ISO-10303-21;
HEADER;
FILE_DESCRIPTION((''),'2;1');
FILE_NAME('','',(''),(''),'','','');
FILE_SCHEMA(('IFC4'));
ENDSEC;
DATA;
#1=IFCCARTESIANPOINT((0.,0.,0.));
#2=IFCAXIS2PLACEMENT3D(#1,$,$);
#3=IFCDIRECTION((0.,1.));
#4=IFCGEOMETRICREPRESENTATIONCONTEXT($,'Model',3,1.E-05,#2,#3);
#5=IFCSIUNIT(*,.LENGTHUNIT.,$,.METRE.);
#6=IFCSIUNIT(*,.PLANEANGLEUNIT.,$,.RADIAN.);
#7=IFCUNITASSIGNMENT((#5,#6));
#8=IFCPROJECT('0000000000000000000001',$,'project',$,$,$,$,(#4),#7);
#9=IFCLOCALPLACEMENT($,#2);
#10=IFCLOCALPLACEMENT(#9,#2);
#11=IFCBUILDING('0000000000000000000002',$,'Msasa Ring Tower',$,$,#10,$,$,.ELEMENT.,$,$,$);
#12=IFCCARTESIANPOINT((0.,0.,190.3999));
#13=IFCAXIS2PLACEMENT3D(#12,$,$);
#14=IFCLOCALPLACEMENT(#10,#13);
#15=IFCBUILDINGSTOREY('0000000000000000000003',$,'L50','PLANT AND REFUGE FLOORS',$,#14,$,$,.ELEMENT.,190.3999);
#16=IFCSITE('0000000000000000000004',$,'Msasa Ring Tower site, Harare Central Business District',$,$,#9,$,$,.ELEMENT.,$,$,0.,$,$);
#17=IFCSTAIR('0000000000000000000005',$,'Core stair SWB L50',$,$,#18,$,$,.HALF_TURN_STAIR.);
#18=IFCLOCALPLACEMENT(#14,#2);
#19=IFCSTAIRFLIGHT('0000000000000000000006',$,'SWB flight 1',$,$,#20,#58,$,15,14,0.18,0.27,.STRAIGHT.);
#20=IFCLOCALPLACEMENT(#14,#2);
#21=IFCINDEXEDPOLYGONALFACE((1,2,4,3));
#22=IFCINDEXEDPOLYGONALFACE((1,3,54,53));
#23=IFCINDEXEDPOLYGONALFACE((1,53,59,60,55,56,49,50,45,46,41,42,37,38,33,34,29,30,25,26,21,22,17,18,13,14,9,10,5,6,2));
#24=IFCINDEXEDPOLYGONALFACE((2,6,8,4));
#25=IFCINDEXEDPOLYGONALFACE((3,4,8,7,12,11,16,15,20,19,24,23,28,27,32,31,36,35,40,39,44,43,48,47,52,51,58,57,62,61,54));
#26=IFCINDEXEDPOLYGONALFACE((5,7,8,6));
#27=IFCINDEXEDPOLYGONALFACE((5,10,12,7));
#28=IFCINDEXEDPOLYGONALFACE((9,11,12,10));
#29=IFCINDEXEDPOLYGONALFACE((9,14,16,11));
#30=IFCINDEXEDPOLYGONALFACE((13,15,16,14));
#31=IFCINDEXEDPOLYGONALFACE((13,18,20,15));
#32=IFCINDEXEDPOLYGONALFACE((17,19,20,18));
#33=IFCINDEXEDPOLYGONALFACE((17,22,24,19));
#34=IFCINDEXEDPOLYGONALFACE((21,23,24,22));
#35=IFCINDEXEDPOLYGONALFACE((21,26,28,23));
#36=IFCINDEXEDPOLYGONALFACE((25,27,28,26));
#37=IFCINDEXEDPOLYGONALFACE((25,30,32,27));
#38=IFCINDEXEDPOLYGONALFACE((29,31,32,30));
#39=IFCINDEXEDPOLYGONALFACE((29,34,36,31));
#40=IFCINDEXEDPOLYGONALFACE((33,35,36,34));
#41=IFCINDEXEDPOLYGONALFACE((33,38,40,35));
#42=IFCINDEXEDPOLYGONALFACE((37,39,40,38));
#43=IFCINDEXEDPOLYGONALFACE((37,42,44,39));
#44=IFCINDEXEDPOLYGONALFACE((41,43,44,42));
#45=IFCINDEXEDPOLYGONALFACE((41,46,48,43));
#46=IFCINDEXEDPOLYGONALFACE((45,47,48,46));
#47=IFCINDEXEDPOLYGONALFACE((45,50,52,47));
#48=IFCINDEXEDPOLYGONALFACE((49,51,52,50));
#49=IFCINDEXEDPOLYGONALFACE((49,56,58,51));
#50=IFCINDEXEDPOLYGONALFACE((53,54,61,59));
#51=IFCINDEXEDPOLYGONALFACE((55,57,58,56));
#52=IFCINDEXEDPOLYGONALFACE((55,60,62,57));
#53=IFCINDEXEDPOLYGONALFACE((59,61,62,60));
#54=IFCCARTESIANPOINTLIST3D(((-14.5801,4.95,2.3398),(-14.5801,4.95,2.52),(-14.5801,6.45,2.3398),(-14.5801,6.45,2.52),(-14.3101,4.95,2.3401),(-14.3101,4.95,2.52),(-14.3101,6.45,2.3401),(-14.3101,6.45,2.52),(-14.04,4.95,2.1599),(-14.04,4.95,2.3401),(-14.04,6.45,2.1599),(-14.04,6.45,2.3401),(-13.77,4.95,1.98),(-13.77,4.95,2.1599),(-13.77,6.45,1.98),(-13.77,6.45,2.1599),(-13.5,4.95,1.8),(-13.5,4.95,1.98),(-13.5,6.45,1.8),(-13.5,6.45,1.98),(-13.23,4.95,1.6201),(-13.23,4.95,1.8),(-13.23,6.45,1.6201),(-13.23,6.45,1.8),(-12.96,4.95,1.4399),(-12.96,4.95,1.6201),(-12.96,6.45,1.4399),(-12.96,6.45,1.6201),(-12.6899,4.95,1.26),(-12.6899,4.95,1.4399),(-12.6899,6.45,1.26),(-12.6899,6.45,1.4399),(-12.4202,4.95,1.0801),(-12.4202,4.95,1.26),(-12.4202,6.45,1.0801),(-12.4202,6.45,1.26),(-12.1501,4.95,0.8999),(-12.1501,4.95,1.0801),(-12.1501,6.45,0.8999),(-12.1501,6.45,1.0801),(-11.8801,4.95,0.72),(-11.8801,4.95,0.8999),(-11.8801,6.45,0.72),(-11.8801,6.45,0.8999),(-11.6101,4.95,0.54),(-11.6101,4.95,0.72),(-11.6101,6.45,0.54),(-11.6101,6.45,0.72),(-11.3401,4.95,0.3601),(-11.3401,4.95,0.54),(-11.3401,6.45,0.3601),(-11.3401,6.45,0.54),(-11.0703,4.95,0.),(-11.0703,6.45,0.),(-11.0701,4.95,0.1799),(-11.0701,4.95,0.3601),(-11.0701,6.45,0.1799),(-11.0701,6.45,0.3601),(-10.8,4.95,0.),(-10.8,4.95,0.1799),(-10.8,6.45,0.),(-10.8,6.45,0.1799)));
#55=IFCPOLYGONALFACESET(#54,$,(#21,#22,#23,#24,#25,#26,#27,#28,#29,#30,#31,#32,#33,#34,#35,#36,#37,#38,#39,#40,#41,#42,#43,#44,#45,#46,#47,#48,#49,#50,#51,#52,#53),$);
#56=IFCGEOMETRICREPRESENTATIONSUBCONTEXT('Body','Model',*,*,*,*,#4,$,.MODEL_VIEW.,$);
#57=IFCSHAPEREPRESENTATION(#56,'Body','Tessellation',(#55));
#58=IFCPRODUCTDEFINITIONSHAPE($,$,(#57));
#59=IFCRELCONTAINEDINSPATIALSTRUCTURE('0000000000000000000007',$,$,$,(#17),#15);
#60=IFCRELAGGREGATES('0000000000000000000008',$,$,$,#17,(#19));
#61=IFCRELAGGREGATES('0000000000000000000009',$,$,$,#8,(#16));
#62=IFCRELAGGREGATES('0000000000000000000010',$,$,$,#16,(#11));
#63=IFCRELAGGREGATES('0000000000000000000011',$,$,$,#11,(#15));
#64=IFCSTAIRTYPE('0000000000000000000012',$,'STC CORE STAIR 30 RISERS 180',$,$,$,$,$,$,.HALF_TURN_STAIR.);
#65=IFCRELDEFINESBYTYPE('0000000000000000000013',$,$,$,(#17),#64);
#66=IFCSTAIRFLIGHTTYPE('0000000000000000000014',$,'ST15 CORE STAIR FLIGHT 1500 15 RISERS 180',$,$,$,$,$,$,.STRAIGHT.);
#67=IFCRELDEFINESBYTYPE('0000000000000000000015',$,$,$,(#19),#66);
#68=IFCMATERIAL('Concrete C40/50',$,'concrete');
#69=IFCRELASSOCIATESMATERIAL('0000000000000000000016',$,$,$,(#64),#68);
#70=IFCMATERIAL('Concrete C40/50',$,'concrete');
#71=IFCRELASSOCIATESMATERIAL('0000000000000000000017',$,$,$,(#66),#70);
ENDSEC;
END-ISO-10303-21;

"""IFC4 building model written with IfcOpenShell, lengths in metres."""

from ifc_helpers import new_model, si_unit, direction, frame, origin, place, context, subcontext, project, spatial, polyline, outline, extrude, material, type_object, element, aggregate, save


model = new_model("IFC4")

# Units and contexts
model_context = context("Model", 3, precision=1e-05, world=origin(), true_north=direction((0.0, 1.0)))
body_context = subcontext(model_context, "Body", "Model", "MODEL_VIEW")
ifc_project = project(units=[si_unit("LENGTHUNIT", "METRE"), si_unit("PLANEANGLEUNIT", "RADIAN")], contexts=[model_context])

# Site, building, storey
site_placement = place(None, origin())
site = spatial("IfcSite", under=ifc_project, at=site_placement, Name="Msasa Ring Tower site, Harare Central Business District", CompositionType="ELEMENT", RefElevation=0.0)
building_placement = place(site_placement, origin())
building = spatial("IfcBuilding", under=site, at=building_placement, Name="Msasa Ring Tower", CompositionType="ELEMENT")
storey_placement = place(building_placement, frame((0.0, 0.0, 190.3999)))
storey = spatial("IfcBuildingStorey", under=building, at=storey_placement, Name="L50", Description="PLANT AND REFUGE FLOORS", CompositionType="ELEMENT", Elevation=190.3999)

# Stair, stair flight
ifc_material_1 = material(Name="Concrete C40/50", Category="concrete")
stair_type = type_object("IfcStairType", Name="STC CORE STAIR 30 RISERS 180", PredefinedType="HALF_TURN_STAIR", material=ifc_material_1)
stair_placement = place(storey_placement, origin())
stair = element("IfcStair", 1, at=stair_placement, inside=storey, type_object=stair_type, Name="Core stair SWB L50", PredefinedType="HALF_TURN_STAIR")
ifc_material_2 = material(Name="Concrete C40/50", Category="concrete")
stair_flight_type = type_object("IfcStairFlightType", Name="ST15 CORE STAIR FLIGHT 1500 15 RISERS 180", PredefinedType="STRAIGHT", material=ifc_material_2)
stair_flight_placement = place(storey_placement, frame((-10.8, 5.7, 0.0), z_axis=(0.0, 0.0, 1.0), x_axis=(-1.0, 0.0, 0.0)))
stair_flight = element("IfcStairFlight", 2, at=stair_flight_placement, type_object=stair_flight_type, Name="SWB flight 1", NumberOfRisers=15, NumberOfTreads=14, PredefinedType="STRAIGHT", RiserHeight=0.18, TreadLength=0.27, context=body_context, shape_type="SweptSolid", body=[
    extrude(outline(polyline([(0.0, 0.0), (0.0, 0.1799), (0.27, 0.1799), (0.27, 0.3601), (0.54, 0.3601), (0.54, 0.54), (0.8101, 0.54), (0.8101, 0.72), (1.0801, 0.72), (1.0801, 0.8999), (1.3501, 0.8999), (1.3501, 1.0801), (1.6201, 1.0801), (1.6201, 1.26), (1.8899, 1.26), (1.8899, 1.4399), (2.1599, 1.4399), (2.1599, 1.6201), (2.4299, 1.6201), (2.4299, 1.8), (2.7, 1.8), (2.7, 1.98), (2.97, 1.98), (2.97, 2.1599), (3.24, 2.1599), (3.24, 2.3401), (3.51, 2.3401), (3.51, 2.52), (3.78, 2.52), (3.78, 2.7), (3.78, 2.3398), (0.2703, 0.0), (0.0, 0.0)])), frame((0.0, 0.75, 0.0), z_axis=(0.0, -1.0, 0.0), x_axis=(1.0, 0.0, 0.0)), (0.0, 0.0, 1.0), 1.5),
])
aggregate(stair, [stair_flight])

save(model, "model.ifc")
